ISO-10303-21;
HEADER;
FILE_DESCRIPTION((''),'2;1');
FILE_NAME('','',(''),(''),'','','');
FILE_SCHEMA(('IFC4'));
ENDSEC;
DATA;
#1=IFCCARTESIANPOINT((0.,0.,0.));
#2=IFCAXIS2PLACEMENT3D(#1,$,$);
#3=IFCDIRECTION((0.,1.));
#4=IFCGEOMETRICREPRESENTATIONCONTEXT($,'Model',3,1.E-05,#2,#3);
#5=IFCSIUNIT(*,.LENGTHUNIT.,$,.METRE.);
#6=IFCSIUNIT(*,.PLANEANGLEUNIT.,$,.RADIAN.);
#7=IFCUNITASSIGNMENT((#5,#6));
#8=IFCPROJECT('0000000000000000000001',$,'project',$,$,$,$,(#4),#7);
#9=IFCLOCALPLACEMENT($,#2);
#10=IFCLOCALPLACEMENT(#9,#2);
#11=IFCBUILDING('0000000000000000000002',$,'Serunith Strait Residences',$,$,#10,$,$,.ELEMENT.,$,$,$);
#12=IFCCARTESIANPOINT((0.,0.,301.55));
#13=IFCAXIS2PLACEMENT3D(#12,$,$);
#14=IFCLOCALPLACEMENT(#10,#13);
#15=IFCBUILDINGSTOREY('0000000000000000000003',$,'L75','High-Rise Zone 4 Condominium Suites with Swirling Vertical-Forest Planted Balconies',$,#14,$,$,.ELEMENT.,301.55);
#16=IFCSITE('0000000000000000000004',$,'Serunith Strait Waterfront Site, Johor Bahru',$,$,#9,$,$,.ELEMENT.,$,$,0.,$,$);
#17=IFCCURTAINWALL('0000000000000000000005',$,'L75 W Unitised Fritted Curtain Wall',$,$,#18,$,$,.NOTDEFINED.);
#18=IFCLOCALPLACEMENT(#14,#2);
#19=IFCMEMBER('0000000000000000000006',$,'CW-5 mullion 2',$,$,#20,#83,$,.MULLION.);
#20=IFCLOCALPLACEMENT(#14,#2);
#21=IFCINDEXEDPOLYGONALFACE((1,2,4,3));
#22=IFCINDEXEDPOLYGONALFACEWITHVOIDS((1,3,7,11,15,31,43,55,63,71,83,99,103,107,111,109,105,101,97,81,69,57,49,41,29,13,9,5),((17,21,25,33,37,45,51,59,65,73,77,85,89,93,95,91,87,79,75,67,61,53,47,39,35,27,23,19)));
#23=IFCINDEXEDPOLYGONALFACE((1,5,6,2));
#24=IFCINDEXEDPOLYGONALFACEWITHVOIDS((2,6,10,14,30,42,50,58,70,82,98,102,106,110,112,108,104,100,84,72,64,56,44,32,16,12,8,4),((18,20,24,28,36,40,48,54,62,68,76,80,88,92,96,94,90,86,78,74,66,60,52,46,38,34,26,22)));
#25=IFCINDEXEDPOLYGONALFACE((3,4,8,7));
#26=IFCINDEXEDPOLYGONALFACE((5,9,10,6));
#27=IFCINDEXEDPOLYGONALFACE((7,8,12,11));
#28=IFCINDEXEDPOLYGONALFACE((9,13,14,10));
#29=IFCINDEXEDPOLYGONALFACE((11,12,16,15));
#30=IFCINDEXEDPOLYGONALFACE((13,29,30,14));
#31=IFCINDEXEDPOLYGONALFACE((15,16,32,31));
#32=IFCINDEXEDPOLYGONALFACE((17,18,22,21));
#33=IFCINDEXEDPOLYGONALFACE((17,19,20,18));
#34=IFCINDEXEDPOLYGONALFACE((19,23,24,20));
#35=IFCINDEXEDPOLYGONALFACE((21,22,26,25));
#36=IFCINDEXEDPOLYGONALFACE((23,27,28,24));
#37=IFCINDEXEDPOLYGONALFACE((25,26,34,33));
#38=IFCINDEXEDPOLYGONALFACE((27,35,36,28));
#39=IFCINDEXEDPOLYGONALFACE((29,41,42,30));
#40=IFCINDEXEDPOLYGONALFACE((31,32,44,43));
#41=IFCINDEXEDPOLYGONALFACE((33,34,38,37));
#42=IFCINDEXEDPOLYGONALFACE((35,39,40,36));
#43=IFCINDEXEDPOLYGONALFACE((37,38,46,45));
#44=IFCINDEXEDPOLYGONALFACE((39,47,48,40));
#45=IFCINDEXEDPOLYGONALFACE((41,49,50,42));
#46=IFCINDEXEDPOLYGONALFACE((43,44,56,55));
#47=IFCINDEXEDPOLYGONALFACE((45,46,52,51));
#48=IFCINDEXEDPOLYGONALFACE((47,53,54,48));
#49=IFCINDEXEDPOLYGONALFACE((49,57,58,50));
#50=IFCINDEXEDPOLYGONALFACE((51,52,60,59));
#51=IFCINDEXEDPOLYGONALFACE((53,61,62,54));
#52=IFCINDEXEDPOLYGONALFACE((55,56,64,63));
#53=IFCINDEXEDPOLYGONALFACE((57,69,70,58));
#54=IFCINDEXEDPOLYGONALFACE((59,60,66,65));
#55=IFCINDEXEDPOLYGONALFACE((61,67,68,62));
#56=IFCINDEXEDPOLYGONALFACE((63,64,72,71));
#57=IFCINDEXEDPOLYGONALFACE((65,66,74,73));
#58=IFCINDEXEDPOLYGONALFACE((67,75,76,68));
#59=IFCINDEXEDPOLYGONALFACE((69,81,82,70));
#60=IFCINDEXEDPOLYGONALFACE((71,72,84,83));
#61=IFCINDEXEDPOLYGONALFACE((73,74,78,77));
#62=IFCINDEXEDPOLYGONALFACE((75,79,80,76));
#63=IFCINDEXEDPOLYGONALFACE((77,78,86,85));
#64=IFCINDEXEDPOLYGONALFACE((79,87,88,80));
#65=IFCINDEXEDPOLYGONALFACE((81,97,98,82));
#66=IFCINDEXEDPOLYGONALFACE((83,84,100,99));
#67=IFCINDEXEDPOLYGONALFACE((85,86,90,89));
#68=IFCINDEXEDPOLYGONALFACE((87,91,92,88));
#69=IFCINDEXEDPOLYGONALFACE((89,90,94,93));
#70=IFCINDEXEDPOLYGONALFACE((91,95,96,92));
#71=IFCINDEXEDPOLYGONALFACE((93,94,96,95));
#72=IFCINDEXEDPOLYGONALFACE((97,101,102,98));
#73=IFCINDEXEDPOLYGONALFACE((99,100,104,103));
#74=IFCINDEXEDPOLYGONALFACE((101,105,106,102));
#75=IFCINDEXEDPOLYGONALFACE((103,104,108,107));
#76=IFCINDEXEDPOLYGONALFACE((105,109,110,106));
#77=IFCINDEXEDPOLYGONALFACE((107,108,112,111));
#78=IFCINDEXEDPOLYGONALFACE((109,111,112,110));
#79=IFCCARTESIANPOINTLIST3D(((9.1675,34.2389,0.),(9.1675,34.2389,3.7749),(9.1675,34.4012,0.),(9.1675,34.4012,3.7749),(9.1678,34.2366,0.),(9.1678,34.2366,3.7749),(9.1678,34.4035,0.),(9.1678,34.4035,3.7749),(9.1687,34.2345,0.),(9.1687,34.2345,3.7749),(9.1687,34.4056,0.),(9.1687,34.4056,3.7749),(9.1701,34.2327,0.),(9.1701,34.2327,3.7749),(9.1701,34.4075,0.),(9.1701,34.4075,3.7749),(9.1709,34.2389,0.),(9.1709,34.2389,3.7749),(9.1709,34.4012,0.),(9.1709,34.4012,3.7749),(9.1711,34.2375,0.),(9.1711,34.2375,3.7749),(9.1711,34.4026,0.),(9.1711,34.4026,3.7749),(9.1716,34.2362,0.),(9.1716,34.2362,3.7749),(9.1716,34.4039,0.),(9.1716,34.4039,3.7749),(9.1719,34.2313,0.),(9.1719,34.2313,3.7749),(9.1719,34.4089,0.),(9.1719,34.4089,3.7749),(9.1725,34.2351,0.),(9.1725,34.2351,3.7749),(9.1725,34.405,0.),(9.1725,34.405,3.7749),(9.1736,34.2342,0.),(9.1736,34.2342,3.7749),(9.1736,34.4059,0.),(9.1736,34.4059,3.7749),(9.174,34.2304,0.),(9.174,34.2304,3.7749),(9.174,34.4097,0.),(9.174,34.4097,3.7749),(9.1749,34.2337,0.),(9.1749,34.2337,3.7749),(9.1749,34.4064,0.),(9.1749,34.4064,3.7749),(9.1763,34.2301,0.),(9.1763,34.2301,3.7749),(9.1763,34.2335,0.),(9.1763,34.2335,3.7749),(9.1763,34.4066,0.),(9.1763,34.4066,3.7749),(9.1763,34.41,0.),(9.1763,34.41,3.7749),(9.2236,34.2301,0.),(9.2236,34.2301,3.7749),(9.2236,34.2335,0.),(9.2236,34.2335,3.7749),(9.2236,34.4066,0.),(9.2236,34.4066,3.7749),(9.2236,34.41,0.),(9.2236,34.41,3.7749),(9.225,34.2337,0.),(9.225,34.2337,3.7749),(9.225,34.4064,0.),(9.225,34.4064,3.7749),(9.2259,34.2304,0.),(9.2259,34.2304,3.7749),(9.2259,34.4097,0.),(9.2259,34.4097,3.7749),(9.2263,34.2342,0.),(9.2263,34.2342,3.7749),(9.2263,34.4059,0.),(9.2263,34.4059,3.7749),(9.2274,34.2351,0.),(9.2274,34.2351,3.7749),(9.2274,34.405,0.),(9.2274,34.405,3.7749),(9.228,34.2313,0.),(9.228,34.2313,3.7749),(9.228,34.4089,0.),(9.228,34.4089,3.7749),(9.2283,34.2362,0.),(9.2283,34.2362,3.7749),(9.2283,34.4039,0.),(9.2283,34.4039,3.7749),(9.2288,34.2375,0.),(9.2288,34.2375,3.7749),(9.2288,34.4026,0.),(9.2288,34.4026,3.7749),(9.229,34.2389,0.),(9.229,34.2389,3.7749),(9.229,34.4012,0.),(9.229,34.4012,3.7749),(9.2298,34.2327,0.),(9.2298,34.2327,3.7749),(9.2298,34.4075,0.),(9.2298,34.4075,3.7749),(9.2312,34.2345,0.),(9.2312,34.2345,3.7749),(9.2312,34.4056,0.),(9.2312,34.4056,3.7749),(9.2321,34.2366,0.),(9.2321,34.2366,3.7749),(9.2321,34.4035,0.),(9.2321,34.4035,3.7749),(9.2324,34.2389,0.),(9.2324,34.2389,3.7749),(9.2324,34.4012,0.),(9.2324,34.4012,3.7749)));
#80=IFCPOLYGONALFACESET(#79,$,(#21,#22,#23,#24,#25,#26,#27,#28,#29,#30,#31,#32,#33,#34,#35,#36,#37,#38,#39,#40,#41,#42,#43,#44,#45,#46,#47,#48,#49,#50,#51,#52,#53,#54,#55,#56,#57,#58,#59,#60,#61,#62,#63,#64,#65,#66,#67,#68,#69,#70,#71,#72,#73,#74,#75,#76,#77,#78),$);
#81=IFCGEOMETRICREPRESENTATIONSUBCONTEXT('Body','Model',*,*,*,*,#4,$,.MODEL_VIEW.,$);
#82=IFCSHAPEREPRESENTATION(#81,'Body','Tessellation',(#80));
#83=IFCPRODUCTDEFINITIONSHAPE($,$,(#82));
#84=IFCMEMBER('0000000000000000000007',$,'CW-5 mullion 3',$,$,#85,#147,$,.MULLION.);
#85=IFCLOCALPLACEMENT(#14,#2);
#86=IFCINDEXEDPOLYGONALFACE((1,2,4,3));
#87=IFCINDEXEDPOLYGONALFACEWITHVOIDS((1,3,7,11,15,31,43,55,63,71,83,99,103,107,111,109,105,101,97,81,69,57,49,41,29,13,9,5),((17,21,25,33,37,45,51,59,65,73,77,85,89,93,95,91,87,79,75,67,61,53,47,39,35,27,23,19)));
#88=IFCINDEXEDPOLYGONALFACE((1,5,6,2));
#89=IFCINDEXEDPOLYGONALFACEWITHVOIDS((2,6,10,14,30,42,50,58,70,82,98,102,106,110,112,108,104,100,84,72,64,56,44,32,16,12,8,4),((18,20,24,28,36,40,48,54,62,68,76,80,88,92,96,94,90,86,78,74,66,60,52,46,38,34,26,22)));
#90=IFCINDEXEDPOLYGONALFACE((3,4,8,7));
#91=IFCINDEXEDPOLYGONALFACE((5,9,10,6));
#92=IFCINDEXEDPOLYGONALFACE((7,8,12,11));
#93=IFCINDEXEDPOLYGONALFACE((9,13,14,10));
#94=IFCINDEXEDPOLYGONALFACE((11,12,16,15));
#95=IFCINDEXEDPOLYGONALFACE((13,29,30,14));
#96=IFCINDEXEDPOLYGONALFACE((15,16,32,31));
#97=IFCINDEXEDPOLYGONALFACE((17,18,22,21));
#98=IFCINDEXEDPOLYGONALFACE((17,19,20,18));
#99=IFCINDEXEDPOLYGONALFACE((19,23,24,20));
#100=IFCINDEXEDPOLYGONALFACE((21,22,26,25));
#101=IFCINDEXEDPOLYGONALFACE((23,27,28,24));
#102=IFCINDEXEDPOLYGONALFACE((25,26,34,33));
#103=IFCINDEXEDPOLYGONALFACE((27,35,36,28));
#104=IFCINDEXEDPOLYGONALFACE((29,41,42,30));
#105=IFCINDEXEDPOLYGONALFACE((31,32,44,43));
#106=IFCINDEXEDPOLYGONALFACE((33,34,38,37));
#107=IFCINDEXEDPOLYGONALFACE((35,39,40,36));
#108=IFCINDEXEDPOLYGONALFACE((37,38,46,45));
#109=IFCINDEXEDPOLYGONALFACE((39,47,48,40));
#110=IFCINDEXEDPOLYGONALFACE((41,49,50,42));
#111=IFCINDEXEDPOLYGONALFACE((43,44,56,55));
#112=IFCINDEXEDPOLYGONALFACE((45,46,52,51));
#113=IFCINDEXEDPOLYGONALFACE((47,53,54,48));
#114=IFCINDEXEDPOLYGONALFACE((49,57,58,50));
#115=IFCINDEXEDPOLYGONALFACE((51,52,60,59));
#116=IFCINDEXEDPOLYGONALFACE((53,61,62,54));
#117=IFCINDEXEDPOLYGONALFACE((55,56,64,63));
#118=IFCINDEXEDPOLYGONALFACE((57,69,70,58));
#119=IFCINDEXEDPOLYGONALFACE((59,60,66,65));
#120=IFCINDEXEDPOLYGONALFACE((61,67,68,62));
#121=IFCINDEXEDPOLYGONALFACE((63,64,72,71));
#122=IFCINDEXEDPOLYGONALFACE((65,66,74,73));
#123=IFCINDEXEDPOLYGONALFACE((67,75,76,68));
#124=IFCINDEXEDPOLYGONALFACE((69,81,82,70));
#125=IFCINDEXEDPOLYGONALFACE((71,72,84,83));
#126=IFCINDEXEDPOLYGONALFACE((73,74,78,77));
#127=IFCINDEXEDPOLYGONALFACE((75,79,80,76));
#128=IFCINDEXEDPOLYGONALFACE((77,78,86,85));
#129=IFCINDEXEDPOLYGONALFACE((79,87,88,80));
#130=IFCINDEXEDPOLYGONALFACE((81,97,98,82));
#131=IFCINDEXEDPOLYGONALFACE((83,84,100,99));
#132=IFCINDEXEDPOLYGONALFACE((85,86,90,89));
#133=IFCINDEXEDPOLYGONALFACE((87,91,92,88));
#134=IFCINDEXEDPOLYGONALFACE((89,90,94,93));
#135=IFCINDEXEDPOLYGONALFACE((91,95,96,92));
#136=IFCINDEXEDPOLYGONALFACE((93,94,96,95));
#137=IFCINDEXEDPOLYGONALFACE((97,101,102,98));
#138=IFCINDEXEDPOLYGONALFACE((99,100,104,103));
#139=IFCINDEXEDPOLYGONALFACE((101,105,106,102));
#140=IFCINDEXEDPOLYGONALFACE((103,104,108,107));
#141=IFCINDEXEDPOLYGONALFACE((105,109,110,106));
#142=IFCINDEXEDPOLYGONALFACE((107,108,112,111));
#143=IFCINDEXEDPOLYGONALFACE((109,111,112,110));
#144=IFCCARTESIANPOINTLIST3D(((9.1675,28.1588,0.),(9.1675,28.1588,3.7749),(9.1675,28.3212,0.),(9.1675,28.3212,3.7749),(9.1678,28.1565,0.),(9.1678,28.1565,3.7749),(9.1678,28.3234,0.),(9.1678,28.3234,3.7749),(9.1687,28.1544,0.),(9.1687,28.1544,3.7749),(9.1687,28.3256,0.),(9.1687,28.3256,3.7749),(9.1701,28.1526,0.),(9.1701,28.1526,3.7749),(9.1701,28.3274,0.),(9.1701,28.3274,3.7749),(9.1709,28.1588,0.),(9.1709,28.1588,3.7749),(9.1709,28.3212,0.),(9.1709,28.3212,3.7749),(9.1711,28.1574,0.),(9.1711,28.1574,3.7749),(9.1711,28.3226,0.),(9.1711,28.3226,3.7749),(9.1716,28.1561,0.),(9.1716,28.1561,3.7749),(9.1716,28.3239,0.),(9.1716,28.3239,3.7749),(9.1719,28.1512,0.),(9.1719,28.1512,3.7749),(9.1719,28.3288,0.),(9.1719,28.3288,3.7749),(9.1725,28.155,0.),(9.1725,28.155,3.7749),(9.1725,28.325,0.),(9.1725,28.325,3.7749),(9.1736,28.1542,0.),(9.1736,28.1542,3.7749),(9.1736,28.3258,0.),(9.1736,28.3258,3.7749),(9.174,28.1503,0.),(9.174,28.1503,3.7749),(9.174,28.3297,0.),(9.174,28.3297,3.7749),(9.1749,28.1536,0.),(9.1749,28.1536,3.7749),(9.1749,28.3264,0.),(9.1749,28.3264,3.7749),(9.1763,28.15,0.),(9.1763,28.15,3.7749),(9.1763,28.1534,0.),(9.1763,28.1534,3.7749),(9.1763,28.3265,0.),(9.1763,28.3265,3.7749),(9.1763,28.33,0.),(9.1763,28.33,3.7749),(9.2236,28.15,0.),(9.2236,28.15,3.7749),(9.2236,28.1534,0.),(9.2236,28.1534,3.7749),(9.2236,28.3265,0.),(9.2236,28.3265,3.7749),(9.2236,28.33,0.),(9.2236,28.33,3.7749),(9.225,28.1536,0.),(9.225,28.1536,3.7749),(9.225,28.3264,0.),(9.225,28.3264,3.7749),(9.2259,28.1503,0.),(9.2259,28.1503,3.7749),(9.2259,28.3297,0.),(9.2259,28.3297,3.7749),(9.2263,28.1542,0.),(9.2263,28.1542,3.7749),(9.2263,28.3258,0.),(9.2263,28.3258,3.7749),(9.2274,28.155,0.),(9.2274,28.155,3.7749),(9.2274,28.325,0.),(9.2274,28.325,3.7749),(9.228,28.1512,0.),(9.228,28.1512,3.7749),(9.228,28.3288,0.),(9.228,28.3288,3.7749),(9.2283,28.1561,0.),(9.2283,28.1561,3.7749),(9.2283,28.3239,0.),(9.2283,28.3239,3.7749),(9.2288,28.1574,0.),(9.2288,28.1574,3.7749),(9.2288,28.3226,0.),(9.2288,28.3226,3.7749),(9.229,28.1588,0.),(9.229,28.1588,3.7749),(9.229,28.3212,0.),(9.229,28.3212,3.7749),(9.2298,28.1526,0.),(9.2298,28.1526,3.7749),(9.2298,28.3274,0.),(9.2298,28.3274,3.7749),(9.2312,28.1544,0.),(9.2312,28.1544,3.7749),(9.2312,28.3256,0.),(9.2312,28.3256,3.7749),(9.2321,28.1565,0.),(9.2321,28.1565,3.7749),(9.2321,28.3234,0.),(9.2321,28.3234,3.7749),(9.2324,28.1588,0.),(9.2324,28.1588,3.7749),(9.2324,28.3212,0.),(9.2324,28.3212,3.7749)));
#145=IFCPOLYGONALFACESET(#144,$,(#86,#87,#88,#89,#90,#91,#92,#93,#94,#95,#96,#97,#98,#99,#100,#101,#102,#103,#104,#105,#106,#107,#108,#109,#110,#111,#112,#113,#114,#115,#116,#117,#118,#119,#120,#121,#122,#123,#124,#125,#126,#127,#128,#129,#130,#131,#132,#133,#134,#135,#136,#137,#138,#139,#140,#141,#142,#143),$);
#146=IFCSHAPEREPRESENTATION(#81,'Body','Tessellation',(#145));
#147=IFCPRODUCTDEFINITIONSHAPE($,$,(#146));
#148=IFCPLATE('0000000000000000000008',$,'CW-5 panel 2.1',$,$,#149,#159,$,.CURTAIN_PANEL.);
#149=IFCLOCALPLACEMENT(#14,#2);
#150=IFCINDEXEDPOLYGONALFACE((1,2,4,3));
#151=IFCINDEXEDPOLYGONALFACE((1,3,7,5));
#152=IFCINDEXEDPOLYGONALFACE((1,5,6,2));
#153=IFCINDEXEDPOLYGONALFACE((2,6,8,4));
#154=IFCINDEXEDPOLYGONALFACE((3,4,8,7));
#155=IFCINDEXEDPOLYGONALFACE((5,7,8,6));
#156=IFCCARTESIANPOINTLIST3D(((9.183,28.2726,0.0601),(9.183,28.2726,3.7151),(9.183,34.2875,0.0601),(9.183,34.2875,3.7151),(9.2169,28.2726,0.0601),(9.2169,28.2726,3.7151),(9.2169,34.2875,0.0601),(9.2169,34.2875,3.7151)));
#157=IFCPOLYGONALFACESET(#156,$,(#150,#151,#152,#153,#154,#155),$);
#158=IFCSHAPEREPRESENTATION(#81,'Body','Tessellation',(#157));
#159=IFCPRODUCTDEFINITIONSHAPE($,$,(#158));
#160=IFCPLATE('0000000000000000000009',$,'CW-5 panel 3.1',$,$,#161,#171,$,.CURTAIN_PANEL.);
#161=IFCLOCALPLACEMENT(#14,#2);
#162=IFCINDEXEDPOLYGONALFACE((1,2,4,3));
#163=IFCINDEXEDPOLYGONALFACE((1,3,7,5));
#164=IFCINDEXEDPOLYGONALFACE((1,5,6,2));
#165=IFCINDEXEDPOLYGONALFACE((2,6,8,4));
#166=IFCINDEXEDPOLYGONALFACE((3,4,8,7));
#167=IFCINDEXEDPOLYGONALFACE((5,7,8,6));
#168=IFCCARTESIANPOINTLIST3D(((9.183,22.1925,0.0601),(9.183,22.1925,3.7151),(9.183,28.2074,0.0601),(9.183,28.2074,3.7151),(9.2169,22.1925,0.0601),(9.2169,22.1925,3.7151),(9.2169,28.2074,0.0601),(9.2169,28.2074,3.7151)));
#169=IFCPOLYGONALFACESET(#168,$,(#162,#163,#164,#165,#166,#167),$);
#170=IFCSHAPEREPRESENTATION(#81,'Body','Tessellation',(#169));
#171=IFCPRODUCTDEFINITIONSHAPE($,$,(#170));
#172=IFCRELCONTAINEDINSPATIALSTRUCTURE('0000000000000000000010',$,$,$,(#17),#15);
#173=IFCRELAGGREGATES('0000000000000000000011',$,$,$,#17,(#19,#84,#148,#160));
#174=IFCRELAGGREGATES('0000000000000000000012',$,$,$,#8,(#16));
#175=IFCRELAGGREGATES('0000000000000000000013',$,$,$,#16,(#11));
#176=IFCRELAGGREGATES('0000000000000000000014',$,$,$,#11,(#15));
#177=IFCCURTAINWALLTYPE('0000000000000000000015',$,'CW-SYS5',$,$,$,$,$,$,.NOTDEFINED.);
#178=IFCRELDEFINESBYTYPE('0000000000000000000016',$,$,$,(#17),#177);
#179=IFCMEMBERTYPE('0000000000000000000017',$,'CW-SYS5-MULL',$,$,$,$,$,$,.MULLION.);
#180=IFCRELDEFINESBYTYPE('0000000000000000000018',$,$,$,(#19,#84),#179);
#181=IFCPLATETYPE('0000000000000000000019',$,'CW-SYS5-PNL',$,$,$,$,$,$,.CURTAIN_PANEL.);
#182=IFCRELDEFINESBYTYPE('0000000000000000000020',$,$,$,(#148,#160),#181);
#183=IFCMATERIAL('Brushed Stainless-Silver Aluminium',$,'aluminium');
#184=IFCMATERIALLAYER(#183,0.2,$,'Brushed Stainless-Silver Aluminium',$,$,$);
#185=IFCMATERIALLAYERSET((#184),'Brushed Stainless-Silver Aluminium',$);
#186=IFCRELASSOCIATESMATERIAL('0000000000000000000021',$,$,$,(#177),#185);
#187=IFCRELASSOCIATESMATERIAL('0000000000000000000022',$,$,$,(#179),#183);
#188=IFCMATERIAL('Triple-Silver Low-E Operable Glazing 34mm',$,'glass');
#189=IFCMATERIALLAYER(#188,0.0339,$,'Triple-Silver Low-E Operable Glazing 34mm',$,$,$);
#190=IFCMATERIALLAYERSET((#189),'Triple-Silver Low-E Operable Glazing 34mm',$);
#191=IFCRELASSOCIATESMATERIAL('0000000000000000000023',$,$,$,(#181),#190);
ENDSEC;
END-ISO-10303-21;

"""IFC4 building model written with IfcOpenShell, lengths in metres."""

from ifc_helpers import new_model, si_unit, direction, frame, origin, origin_2d, place, context, subcontext, project, spatial, rectangle, hollow_rectangle, extrude, source, transform, mapped, material, layer, layer_set, material_profile, profile_set, type_object, element, aggregate, save


model = new_model("IFC4")

# Units and contexts
model_context = context("Model", 3, precision=1e-05, world=origin(), true_north=direction((0.0, 1.0)))
body_context = subcontext(model_context, "Body", "Model", "MODEL_VIEW")
ifc_project = project(units=[si_unit("LENGTHUNIT", "METRE"), si_unit("PLANEANGLEUNIT", "RADIAN")], contexts=[model_context])

# Site, building, storey
site_placement = place(None, origin())
site = spatial("IfcSite", under=ifc_project, at=site_placement, Name="Serunith Strait Waterfront Site, Johor Bahru", CompositionType="ELEMENT", RefElevation=0.0)
building_placement = place(site_placement, origin())
building = spatial("IfcBuilding", under=site, at=building_placement, Name="Serunith Strait Residences", CompositionType="ELEMENT")
storey_placement = place(building_placement, frame((0.0, 0.0, 301.55)))
storey = spatial("IfcBuildingStorey", under=building, at=storey_placement, Name="L75", Description="High-Rise Zone 4 Condominium Suites with Swirling Vertical-Forest Planted Balconies", CompositionType="ELEMENT", Elevation=301.55)

# Curtain wall, members, plates
ifc_material_1 = material(Name="Brushed Stainless-Silver Aluminium", Category="aluminium")
ifc_layer_1 = layer(ifc_material_1, 0.2, Name="Brushed Stainless-Silver Aluminium")
ifc_layer_set_1 = layer_set([ifc_layer_1], Name="Brushed Stainless-Silver Aluminium")
curtain_wall_type = type_object("IfcCurtainWallType", Name="CW-SYS5", PredefinedType="NOTDEFINED", material=ifc_layer_set_1)
curtain_wall_placement = place(storey_placement, origin())
curtain_wall = element("IfcCurtainWall", 1, at=curtain_wall_placement, inside=storey, type_object=curtain_wall_type, Name="L75 W Unitised Fritted Curtain Wall", PredefinedType="NOTDEFINED")
ifc_material_profile_1 = material_profile(ifc_material_1, hollow_rectangle(XDim=0.0649, YDim=0.1799, WallThickness=0.0034, InnerFilletRadius=0.0054, OuterFilletRadius=0.0088, at=origin_2d()), Name="ALU 180x65x3.5")
ifc_profile_set_1 = profile_set([ifc_material_profile_1], Name="Brushed Stainless-Silver Aluminium")
member_type_1 = type_object("IfcMemberType", Name="CW-SYS5-MULL", PredefinedType="MULLION", material=ifc_profile_set_1)
shared_shape_1 = source(origin(), body_context, "Body", "SweptSolid", [
    extrude(hollow_rectangle(XDim=0.0649, YDim=0.1799, WallThickness=0.0034, InnerFilletRadius=0.0054, OuterFilletRadius=0.0088, at=origin_2d()), origin(), (0.0, 0.0, 1.0), 3.7749),
])
member_1_placement = place(storey_placement, frame((9.2, 34.3201, 0.0), z_axis=(0.0, 0.0, 1.0), x_axis=(1.0, 0.0, 0.0)))
member_1 = element("IfcMember", 2, at=member_1_placement, type_object=member_type_1, Name="CW-5 mullion 2", PredefinedType="MULLION", context=body_context, shape_type="MappedRepresentation", body=[
    mapped(shared_shape_1, transform((0.0, 0.0, 0.0), scale=1.0)),
])
member_2_placement = place(storey_placement, frame((9.2, 28.24, 0.0), z_axis=(0.0, 0.0, 1.0), x_axis=(1.0, 0.0, 0.0)))
member_2 = element("IfcMember", 3, at=member_2_placement, type_object=member_type_1, Name="CW-5 mullion 3", PredefinedType="MULLION", context=body_context, shape_type="MappedRepresentation", body=[
    mapped(shared_shape_1, transform((0.0, 0.0, 0.0), scale=1.0)),
])
ifc_material_2 = material(Name="Triple-Silver Low-E Operable Glazing 34mm", Category="glass")
ifc_layer_2 = layer(ifc_material_2, 0.0339, Name="Triple-Silver Low-E Operable Glazing 34mm")
ifc_layer_set_2 = layer_set([ifc_layer_2], Name="Triple-Silver Low-E Operable Glazing 34mm")
plate_type = type_object("IfcPlateType", Name="CW-SYS5-PNL", PredefinedType="CURTAIN_PANEL", material=ifc_layer_set_2)
shared_shape_2 = source(origin(), body_context, "Body", "SweptSolid", [
    extrude(rectangle(XDim=6.0149, YDim=0.0339, at=origin_2d()), origin(), (0.0, 0.0, 1.0), 3.655),
])
plate_1_placement = place(storey_placement, frame((9.2, 31.28, 0.0601), z_axis=(0.0, 0.0, 1.0), x_axis=(0.0, -1.0, 0.0)))
plate_1 = element("IfcPlate", 4, at=plate_1_placement, type_object=plate_type, Name="CW-5 panel 2.1", PredefinedType="CURTAIN_PANEL", context=body_context, shape_type="MappedRepresentation", body=[
    mapped(shared_shape_2, transform((0.0, 0.0, 0.0), scale=1.0)),
])
plate_2_placement = place(storey_placement, frame((9.2, 25.2, 0.0601), z_axis=(0.0, 0.0, 1.0), x_axis=(0.0, -1.0, 0.0)))
plate_2 = element("IfcPlate", 5, at=plate_2_placement, type_object=plate_type, Name="CW-5 panel 3.1", PredefinedType="CURTAIN_PANEL", context=body_context, shape_type="MappedRepresentation", body=[
    mapped(shared_shape_2, transform((0.0, 0.0, 0.0), scale=1.0)),
])
aggregate(curtain_wall, [member_1, member_2, plate_1, plate_2])

save(model, "model.ifc")
